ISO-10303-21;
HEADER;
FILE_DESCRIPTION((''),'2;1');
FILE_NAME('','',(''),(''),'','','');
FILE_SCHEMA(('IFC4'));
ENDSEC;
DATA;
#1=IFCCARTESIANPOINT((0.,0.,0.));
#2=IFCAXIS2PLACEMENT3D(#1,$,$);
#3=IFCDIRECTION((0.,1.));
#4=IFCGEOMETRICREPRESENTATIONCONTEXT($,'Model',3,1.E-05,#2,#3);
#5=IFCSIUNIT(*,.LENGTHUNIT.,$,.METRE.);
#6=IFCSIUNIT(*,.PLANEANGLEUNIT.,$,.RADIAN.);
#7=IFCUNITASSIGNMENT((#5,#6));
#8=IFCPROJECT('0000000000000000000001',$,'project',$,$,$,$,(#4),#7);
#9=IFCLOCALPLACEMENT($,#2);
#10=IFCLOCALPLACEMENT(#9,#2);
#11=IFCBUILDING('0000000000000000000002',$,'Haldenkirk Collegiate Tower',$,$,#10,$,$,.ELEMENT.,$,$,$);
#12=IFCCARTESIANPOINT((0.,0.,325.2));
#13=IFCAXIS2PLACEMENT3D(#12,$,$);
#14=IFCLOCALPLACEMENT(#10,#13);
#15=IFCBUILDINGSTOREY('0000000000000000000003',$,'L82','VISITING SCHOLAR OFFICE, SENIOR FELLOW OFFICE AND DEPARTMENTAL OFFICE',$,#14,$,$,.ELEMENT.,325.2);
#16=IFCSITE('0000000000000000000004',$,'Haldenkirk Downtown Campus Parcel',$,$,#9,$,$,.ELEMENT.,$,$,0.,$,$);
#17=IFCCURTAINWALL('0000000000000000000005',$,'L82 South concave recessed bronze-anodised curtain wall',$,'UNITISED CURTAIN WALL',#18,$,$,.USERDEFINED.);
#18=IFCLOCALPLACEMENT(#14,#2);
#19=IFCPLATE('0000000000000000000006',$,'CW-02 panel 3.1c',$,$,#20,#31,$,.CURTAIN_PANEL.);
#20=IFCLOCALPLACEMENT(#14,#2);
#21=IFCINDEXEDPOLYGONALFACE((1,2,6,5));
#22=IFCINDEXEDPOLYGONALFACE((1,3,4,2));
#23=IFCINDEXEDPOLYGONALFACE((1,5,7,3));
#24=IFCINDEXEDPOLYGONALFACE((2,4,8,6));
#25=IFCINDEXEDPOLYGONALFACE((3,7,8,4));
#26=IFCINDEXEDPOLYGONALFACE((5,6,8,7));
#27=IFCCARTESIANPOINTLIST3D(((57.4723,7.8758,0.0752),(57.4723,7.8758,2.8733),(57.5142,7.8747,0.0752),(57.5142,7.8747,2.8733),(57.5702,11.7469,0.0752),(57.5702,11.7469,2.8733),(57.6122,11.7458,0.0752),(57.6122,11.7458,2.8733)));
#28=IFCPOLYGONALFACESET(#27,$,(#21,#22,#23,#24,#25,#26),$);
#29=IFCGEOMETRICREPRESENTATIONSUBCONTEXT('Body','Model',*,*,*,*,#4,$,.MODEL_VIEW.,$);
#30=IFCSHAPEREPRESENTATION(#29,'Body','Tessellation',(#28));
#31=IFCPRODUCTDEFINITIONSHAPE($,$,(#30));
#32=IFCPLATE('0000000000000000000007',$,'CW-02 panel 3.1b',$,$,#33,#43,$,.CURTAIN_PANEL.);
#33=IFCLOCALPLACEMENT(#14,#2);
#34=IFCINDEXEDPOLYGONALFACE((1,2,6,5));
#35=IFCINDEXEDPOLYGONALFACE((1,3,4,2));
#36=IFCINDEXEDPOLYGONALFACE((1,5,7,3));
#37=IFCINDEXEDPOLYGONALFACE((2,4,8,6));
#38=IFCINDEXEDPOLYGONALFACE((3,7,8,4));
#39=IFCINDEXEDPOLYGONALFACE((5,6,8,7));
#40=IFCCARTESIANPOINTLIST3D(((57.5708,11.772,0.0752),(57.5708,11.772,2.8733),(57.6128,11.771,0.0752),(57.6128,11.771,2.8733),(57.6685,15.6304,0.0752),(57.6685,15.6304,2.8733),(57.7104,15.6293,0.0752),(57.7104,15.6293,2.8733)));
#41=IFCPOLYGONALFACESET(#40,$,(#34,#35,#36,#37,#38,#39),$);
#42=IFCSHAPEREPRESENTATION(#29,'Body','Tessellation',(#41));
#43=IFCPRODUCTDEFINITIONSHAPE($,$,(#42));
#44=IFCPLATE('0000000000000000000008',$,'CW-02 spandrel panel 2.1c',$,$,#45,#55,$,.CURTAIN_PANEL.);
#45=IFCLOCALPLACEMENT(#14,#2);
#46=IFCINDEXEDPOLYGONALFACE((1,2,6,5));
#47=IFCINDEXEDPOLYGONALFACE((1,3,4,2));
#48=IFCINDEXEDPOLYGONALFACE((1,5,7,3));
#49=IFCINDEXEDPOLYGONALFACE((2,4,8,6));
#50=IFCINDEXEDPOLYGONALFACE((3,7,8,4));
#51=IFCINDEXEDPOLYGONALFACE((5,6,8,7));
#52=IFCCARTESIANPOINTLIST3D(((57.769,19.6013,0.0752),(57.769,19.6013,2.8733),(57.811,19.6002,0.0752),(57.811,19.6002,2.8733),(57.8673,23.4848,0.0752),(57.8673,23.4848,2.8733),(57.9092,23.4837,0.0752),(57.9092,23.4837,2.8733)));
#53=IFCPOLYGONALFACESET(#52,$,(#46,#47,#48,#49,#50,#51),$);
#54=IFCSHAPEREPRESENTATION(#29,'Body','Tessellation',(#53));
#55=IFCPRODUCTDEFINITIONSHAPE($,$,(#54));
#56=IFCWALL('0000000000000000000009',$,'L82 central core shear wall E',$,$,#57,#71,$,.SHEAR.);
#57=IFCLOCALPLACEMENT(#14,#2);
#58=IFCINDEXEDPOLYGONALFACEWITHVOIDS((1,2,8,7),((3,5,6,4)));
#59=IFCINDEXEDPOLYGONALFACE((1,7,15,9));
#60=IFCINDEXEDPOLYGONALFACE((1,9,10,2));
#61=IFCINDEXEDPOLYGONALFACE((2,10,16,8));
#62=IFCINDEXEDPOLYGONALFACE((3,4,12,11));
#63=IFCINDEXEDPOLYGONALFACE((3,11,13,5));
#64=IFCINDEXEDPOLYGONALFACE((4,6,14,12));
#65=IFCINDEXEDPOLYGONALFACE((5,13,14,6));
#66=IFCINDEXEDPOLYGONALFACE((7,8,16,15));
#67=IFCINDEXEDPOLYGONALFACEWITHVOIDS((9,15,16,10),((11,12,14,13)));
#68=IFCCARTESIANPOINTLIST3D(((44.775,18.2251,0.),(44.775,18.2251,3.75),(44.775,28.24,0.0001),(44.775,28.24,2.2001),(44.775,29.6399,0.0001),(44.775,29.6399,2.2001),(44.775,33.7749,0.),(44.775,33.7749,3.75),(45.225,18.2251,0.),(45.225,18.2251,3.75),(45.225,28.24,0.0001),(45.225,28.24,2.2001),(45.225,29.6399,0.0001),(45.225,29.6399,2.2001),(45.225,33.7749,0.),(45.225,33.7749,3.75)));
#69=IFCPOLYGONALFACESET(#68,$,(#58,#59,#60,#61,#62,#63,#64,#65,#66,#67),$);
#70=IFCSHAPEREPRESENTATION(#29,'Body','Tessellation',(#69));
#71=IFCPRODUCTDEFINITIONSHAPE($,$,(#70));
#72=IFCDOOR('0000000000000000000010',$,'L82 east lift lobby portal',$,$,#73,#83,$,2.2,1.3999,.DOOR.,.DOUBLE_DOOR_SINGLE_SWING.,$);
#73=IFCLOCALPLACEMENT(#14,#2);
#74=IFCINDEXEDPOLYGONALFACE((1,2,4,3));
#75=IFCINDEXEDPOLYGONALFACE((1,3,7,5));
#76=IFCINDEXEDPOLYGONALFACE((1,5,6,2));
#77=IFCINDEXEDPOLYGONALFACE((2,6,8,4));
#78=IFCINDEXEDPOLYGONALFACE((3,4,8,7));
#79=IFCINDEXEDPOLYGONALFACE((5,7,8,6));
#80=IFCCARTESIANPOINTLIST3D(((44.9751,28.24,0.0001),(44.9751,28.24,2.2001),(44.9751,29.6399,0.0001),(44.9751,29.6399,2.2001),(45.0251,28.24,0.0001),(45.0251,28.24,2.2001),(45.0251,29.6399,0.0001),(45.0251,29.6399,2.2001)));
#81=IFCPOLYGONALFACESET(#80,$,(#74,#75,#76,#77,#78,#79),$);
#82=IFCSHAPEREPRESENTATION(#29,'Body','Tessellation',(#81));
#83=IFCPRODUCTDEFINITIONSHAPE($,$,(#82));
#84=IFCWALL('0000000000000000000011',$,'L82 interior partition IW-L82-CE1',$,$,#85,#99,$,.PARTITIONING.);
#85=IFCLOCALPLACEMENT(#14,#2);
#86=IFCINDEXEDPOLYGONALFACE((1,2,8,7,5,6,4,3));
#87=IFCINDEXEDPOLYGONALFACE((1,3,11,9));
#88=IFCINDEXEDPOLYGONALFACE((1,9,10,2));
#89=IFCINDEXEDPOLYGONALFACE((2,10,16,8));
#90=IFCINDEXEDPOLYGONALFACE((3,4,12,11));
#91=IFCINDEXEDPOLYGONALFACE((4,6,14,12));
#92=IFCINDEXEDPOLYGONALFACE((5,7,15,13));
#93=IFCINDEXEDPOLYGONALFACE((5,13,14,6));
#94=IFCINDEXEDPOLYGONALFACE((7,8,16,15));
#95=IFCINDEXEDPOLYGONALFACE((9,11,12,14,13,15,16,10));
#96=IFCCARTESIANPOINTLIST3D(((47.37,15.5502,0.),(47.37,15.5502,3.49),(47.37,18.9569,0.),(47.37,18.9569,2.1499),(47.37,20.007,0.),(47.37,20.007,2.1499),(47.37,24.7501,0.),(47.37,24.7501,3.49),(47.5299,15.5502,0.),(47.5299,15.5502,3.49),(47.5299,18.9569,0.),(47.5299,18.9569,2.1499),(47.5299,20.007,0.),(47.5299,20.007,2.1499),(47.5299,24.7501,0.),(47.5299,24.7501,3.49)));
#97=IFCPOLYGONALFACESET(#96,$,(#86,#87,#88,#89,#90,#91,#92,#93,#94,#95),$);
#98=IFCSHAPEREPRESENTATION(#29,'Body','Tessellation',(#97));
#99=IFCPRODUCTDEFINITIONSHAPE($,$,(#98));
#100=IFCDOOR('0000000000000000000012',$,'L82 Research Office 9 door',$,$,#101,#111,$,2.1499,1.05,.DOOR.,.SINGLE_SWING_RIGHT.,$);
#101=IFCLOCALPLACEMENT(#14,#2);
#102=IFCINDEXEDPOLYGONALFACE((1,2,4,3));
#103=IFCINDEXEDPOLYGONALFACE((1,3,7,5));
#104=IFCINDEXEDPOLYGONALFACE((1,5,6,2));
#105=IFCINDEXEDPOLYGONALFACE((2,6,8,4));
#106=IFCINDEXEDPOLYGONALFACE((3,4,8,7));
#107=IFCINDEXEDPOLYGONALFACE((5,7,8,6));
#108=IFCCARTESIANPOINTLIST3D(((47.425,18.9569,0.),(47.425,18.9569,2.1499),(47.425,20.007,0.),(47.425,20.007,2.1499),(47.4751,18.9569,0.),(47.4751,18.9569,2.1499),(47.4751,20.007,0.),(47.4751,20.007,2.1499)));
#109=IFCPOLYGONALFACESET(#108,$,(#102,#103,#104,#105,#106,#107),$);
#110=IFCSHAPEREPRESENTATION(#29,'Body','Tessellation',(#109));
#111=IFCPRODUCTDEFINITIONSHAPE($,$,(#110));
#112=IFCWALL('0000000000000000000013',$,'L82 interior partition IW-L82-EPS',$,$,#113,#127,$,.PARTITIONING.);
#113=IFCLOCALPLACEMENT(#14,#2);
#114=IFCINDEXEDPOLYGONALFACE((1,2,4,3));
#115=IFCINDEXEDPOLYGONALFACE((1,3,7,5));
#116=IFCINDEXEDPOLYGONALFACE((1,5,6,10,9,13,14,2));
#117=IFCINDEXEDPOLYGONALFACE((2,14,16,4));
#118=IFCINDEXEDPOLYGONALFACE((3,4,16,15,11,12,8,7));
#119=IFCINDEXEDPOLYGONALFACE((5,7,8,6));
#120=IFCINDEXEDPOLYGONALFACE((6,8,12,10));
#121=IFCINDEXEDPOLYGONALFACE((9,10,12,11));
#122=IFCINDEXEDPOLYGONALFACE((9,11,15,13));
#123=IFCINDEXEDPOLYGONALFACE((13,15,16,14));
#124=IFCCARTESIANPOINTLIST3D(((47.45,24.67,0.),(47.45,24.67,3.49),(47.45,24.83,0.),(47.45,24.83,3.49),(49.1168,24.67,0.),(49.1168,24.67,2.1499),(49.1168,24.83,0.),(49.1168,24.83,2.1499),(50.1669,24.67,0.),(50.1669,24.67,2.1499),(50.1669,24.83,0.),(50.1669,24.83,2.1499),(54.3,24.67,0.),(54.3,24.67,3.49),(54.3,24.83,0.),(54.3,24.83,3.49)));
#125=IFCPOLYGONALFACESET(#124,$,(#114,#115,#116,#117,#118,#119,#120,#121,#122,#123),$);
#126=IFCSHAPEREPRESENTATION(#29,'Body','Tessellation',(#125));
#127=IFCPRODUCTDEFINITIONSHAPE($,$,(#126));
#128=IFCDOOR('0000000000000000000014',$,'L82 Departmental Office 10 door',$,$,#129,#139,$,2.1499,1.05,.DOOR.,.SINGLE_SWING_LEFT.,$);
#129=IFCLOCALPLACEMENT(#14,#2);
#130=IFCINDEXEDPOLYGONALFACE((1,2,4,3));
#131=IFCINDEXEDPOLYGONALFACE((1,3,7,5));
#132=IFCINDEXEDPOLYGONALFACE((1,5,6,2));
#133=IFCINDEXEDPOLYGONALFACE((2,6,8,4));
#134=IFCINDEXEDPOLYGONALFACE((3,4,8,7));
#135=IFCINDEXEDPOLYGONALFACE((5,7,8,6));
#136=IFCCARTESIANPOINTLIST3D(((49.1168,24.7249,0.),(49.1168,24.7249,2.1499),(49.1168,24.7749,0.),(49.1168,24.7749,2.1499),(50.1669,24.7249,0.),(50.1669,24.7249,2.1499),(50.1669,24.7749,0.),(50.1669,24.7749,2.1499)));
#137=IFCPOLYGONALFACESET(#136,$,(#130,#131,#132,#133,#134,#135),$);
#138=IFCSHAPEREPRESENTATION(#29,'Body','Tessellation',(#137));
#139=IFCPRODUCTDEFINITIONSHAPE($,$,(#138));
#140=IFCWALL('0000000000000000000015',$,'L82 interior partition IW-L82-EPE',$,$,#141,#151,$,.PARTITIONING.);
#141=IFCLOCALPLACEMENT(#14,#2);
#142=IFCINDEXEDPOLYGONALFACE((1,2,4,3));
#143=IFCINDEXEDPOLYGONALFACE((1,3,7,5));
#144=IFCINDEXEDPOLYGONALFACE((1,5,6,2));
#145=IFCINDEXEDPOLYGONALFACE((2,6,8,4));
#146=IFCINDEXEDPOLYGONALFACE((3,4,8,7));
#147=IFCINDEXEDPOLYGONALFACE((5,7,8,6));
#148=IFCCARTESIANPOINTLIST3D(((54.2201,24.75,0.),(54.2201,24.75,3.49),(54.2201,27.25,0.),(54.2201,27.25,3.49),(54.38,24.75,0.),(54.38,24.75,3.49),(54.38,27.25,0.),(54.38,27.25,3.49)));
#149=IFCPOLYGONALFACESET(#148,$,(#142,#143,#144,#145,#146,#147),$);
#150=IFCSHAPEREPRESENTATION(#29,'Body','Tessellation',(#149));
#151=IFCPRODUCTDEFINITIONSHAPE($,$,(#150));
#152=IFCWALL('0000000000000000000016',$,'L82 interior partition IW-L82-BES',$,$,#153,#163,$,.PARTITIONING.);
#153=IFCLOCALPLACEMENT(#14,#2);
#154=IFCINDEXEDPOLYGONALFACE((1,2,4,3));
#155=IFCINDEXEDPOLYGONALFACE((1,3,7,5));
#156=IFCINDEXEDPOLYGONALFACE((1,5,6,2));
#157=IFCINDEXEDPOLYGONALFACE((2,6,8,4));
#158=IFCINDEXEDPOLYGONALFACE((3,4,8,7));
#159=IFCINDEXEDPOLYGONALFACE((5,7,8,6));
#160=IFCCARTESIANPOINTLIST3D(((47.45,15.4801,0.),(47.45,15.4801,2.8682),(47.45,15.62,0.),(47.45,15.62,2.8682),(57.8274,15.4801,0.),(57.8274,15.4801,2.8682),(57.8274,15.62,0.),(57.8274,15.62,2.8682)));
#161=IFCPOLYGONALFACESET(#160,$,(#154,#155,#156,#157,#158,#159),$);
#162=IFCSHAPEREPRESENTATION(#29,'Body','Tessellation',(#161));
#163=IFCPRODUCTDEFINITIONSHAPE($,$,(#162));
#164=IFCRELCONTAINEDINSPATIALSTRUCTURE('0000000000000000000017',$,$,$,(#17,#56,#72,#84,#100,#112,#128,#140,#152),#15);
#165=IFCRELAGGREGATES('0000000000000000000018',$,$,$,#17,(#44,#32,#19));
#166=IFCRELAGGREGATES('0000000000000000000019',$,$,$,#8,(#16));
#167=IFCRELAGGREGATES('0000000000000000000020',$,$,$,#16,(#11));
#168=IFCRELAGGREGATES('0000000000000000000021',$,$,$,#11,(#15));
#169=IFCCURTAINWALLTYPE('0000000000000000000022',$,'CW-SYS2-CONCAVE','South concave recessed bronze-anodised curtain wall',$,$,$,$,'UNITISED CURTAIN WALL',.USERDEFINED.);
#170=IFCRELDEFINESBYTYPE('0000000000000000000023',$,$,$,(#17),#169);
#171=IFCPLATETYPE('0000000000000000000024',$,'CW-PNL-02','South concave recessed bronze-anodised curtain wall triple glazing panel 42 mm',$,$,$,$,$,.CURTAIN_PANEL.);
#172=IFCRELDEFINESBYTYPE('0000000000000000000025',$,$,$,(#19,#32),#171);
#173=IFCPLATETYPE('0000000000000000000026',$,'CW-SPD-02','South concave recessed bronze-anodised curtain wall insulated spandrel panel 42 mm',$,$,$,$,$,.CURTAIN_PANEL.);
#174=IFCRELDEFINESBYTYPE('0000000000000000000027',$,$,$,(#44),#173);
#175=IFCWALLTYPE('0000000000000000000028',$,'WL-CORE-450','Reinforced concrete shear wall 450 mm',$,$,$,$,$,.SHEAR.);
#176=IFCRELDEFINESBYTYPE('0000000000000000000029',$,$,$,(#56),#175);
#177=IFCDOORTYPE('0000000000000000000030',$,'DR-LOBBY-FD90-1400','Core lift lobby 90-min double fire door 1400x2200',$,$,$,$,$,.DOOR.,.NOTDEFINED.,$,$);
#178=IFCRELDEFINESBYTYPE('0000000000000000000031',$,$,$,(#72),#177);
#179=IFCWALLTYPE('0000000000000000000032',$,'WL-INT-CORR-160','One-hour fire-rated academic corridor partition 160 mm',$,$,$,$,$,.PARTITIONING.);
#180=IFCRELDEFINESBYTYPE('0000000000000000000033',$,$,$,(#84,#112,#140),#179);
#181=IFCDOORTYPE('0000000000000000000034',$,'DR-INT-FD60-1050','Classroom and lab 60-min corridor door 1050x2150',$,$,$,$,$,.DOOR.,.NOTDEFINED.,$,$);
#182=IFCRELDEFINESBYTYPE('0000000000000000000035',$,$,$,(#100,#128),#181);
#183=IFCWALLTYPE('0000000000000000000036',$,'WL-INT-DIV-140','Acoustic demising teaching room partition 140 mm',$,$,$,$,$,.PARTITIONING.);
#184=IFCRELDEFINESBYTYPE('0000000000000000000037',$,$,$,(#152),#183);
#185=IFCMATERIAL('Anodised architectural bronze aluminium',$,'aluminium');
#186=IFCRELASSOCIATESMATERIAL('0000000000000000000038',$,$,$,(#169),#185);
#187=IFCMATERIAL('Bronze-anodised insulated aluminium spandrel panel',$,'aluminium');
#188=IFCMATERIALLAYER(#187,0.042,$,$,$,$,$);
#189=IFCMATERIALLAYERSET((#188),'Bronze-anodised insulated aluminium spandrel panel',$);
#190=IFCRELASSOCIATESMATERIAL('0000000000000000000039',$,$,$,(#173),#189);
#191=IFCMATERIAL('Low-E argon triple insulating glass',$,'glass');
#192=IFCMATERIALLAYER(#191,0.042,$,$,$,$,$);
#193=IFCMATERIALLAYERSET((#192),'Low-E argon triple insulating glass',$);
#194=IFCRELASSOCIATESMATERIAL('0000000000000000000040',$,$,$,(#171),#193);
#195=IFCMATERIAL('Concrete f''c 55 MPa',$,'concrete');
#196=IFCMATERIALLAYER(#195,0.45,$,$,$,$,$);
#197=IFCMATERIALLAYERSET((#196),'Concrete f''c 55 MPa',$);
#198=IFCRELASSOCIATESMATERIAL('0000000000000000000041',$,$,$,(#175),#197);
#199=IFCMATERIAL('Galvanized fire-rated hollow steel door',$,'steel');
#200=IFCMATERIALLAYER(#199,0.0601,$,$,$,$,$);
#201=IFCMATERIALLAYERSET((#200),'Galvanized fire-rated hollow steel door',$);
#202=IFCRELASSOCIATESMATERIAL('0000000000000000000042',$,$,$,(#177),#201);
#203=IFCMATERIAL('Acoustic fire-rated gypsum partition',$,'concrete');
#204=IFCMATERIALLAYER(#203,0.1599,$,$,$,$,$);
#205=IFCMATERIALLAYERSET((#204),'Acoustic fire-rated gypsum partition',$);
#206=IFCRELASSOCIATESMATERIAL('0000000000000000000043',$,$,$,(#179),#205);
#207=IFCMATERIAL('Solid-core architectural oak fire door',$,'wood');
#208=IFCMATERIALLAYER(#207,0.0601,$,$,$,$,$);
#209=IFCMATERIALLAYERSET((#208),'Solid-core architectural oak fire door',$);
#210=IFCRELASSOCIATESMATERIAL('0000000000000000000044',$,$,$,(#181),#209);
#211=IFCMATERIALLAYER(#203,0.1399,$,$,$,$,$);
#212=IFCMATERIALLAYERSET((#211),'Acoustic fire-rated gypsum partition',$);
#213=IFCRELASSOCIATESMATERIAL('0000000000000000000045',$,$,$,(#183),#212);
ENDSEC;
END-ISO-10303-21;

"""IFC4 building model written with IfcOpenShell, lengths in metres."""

from ifc_helpers import new_model, si_unit, direction, frame, frame_2d, origin, origin_2d, place, context, subcontext, project, spatial, rectangle, extrude, source, transform, mapped, material, layer, layer_set, type_object, element, fill, aggregate, save


model = new_model("IFC4")

# Units and contexts
model_context = context("Model", 3, precision=1e-05, world=origin(), true_north=direction((0.0, 1.0)))
body_context = subcontext(model_context, "Body", "Model", "MODEL_VIEW")
ifc_project = project(units=[si_unit("LENGTHUNIT", "METRE"), si_unit("PLANEANGLEUNIT", "RADIAN")], contexts=[model_context])

# Site, building, storey
site_placement = place(None, origin())
site = spatial("IfcSite", under=ifc_project, at=site_placement, Name="Haldenkirk Downtown Campus Parcel", CompositionType="ELEMENT", RefElevation=0.0)
building_placement = place(site_placement, origin())
building = spatial("IfcBuilding", under=site, at=building_placement, Name="Haldenkirk Collegiate Tower", CompositionType="ELEMENT")
storey_placement = place(building_placement, frame((0.0, 0.0, 325.2)))
storey = spatial("IfcBuildingStorey", under=building, at=storey_placement, Name="L82", Description="VISITING SCHOLAR OFFICE, SENIOR FELLOW OFFICE AND DEPARTMENTAL OFFICE", CompositionType="ELEMENT", Elevation=325.2)

# Curtain wall, plates
ifc_material_1 = material(Name="Anodised architectural bronze aluminium", Category="aluminium")
curtain_wall_type = type_object("IfcCurtainWallType", Name="CW-SYS2-CONCAVE", Description="South concave recessed bronze-anodised curtain wall", ElementType="UNITISED CURTAIN WALL", PredefinedType="USERDEFINED", material=ifc_material_1)
curtain_wall_placement = place(storey_placement, origin())
curtain_wall = element("IfcCurtainWall", 1, at=curtain_wall_placement, inside=storey, type_object=curtain_wall_type, Name="L82 South concave recessed bronze-anodised curtain wall", ObjectType="UNITISED CURTAIN WALL", PredefinedType="USERDEFINED")
ifc_material_2 = material(Name="Bronze-anodised insulated aluminium spandrel panel", Category="aluminium")
ifc_layer_1 = layer(ifc_material_2, 0.042)
ifc_layer_set_1 = layer_set([ifc_layer_1], Name="Bronze-anodised insulated aluminium spandrel panel")
plate_type_1 = type_object("IfcPlateType", Name="CW-SPD-02", Description="South concave recessed bronze-anodised curtain wall insulated spandrel panel 42 mm", PredefinedType="CURTAIN_PANEL", material=ifc_layer_set_1)
shared_shape_1 = source(origin(), body_context, "Body", "SweptSolid", [
    extrude(rectangle(XDim=3.8723, YDim=0.042, at=origin_2d()), origin(), (0.0, 0.0, 1.0), 2.7981),
])
ifc_material_3 = material(Name="Low-E argon triple insulating glass", Category="glass")
ifc_layer_2 = layer(ifc_material_3, 0.042)
ifc_layer_set_2 = layer_set([ifc_layer_2], Name="Low-E argon triple insulating glass")
plate_type_2 = type_object("IfcPlateType", Name="CW-PNL-02", Description="South concave recessed bronze-anodised curtain wall triple glazing panel 42 mm", PredefinedType="CURTAIN_PANEL", material=ifc_layer_set_2)
plate_1_placement = place(storey_placement, frame((57.5422, 9.8108, 0.0752), z_axis=(0.0, 0.0, 1.0), x_axis=(-0.025303, -0.99968, 0.0)))
plate_1 = element("IfcPlate", 2, at=plate_1_placement, type_object=plate_type_2, Name="CW-02 panel 3.1c", PredefinedType="CURTAIN_PANEL", context=body_context, shape_type="MappedRepresentation", body=[
    mapped(shared_shape_1, transform((0.0, 0.0, 0.0), x_axis=(1.0, 0.0, 0.0), y_axis=(0.0, 1.0, 0.0), z_axis=(0.0, 0.0, 1.0), scale=1.0)),
])
shared_shape_2 = source(origin(), body_context, "Body", "SweptSolid", [
    extrude(rectangle(XDim=3.8596, YDim=0.042, at=origin_2d()), origin(), (0.0, 0.0, 1.0), 2.7981),
])
plate_2_placement = place(storey_placement, frame((57.6406, 13.7007, 0.0752), z_axis=(0.0, 0.0, 1.0), x_axis=(-0.025303, -0.99968, 0.0)))
plate_2 = element("IfcPlate", 3, at=plate_2_placement, type_object=plate_type_2, Name="CW-02 panel 3.1b", PredefinedType="CURTAIN_PANEL", context=body_context, shape_type="MappedRepresentation", body=[
    mapped(shared_shape_2, transform((0.0, 0.0, 0.0), x_axis=(1.0, 0.0, 0.0), y_axis=(0.0, 1.0, 0.0), z_axis=(0.0, 0.0, 1.0), scale=1.0)),
])
shared_shape_3 = source(origin(), body_context, "Body", "SweptSolid", [
    extrude(rectangle(XDim=3.8848, YDim=0.042, at=origin_2d()), origin(), (0.0, 0.0, 1.0), 2.7981),
])
plate_3_placement = place(storey_placement, frame((57.8391, 21.5425, 0.0752), z_axis=(0.0, 0.0, 1.0), x_axis=(-0.025303, -0.99968, 0.0)))
plate_3 = element("IfcPlate", 4, at=plate_3_placement, type_object=plate_type_1, Name="CW-02 spandrel panel 2.1c", PredefinedType="CURTAIN_PANEL", context=body_context, shape_type="MappedRepresentation", body=[
    mapped(shared_shape_3, transform((0.0, 0.0, 0.0), x_axis=(1.0, 0.0, 0.0), y_axis=(0.0, 1.0, 0.0), z_axis=(0.0, 0.0, 1.0), scale=1.0)),
])
aggregate(curtain_wall, [plate_3, plate_2, plate_1])

# Walls, openings, doors
ifc_material_4 = material(Name="Concrete f'c 55 MPa", Category="concrete")
ifc_layer_3 = layer(ifc_material_4, 0.45)
ifc_layer_set_3 = layer_set([ifc_layer_3], Name="Concrete f'c 55 MPa")
wall_type_1 = type_object("IfcWallType", Name="WL-CORE-450", Description="Reinforced concrete shear wall 450 mm", PredefinedType="SHEAR", material=ifc_layer_set_3)
wall_1_placement = place(storey_placement, frame((45.0, 18.2251, 0.0), z_axis=(0.0, 0.0, 1.0), x_axis=(0.0, 1.0, 0.0)))
wall_1 = element("IfcWall", 5, at=wall_1_placement, inside=storey, type_object=wall_type_1, Name="L82 central core shear wall E", PredefinedType="SHEAR", context=body_context, shape_type="SweptSolid", body=[
    extrude(rectangle(XDim=15.5498, YDim=0.45, at=frame_2d((7.7749, 0.0))), origin(), (0.0, 0.0, 1.0), 3.75),
])
opening_1_placement = place(wall_1_placement, frame((10.0149, 0.0, 0.0)))
opening_1 = element("IfcOpeningElement", 6, at=opening_1_placement, cuts=wall_1, PredefinedType="OPENING", context=body_context, shape_type="SweptSolid", body=[
    extrude(rectangle(XDim=1.3999, YDim=2.2, at=frame_2d((0.7, 1.1001))), frame((0.0, 0.2349, 0.0), z_axis=(0.0, -1.0, 0.0), x_axis=(1.0, 0.0, 0.0)), (0.0, 0.0, 1.0), 0.47),
])
ifc_material_5 = material(Name="Galvanized fire-rated hollow steel door", Category="steel")
ifc_layer_4 = layer(ifc_material_5, 0.0601)
ifc_layer_set_4 = layer_set([ifc_layer_4], Name="Galvanized fire-rated hollow steel door")
door_type_1 = type_object("IfcDoorType", Name="DR-LOBBY-FD90-1400", Description="Core lift lobby 90-min double fire door 1400x2200", OperationType="NOTDEFINED", PredefinedType="DOOR", material=ifc_layer_set_4)
door_1_placement = place(opening_1_placement, origin())
door_1 = element("IfcDoor", 7, at=door_1_placement, inside=storey, type_object=door_type_1, Name="L82 east lift lobby portal", OperationType="DOUBLE_DOOR_SINGLE_SWING", OverallHeight=2.2, OverallWidth=1.3999, PredefinedType="DOOR", context=body_context, shape_type="SweptSolid", body=[
    extrude(rectangle(XDim=1.3999, YDim=2.2, at=frame_2d((0.7, 1.1001))), frame((0.0, 0.0249, 0.0), z_axis=(0.0, -1.0, 0.0), x_axis=(1.0, 0.0, 0.0)), (0.0, 0.0, 1.0), 0.05),
])
fill(opening_1, door_1)
ifc_material_6 = material(Name="Acoustic fire-rated gypsum partition", Category="concrete")
ifc_layer_5 = layer(ifc_material_6, 0.1599)
ifc_layer_set_5 = layer_set([ifc_layer_5], Name="Acoustic fire-rated gypsum partition")
wall_type_2 = type_object("IfcWallType", Name="WL-INT-CORR-160", Description="One-hour fire-rated academic corridor partition 160 mm", PredefinedType="PARTITIONING", material=ifc_layer_set_5)
wall_2_placement = place(storey_placement, frame((47.45, 15.55, 0.0), z_axis=(0.0, 0.0, 1.0), x_axis=(0.0, 1.0, 0.0)))
wall_2 = element("IfcWall", 8, at=wall_2_placement, inside=storey, type_object=wall_type_2, Name="L82 interior partition IW-L82-CE1", PredefinedType="PARTITIONING", context=body_context, shape_type="SweptSolid", body=[
    extrude(rectangle(XDim=9.2, YDim=0.1599, at=frame_2d((4.6001, 0.0))), origin(), (0.0, 0.0, 1.0), 3.49),
])
opening_2_placement = place(wall_2_placement, frame((3.407, 0.0, 0.0)))
opening_2 = element("IfcOpeningElement", 9, at=opening_2_placement, cuts=wall_2, PredefinedType="OPENING", context=body_context, shape_type="SweptSolid", body=[
    extrude(rectangle(XDim=1.05, YDim=2.1499, at=frame_2d((0.5249, 1.075))), frame((0.0, 0.0898, 0.0), z_axis=(0.0, -1.0, 0.0), x_axis=(1.0, 0.0, 0.0)), (0.0, 0.0, 1.0), 0.1799),
])
ifc_material_7 = material(Name="Solid-core architectural oak fire door", Category="wood")
ifc_layer_6 = layer(ifc_material_7, 0.0601)
ifc_layer_set_6 = layer_set([ifc_layer_6], Name="Solid-core architectural oak fire door")
door_type_2 = type_object("IfcDoorType", Name="DR-INT-FD60-1050", Description="Classroom and lab 60-min corridor door 1050x2150", OperationType="NOTDEFINED", PredefinedType="DOOR", material=ifc_layer_set_6)
door_2_placement = place(opening_2_placement, origin())
door_2 = element("IfcDoor", 10, at=door_2_placement, inside=storey, type_object=door_type_2, Name="L82 Research Office 9 door", OperationType="SINGLE_SWING_RIGHT", OverallHeight=2.1499, OverallWidth=1.05, PredefinedType="DOOR", context=body_context, shape_type="SweptSolid", body=[
    extrude(rectangle(XDim=1.05, YDim=2.1499, at=frame_2d((0.5249, 1.075))), frame((0.0, 0.0249, 0.0), z_axis=(0.0, -1.0, 0.0), x_axis=(1.0, 0.0, 0.0)), (0.0, 0.0, 1.0), 0.05),
])
fill(opening_2, door_2)
wall_3_placement = place(storey_placement, frame((47.45, 24.75, 0.0), z_axis=(0.0, 0.0, 1.0), x_axis=(1.0, 0.0, 0.0)))
wall_3 = element("IfcWall", 11, at=wall_3_placement, inside=storey, type_object=wall_type_2, Name="L82 interior partition IW-L82-EPS", PredefinedType="PARTITIONING", context=body_context, shape_type="SweptSolid", body=[
    extrude(rectangle(XDim=6.8501, YDim=0.1599, at=frame_2d((3.425, 0.0))), origin(), (0.0, 0.0, 1.0), 3.49),
])
opening_3_placement = place(wall_3_placement, frame((1.667, 0.0, 0.0)))
opening_3 = element("IfcOpeningElement", 12, at=opening_3_placement, cuts=wall_3, PredefinedType="OPENING", context=body_context, shape_type="SweptSolid", body=[
    extrude(rectangle(XDim=1.05, YDim=2.1499, at=frame_2d((0.5249, 1.075))), frame((0.0, 0.0898, 0.0), z_axis=(0.0, -1.0, 0.0), x_axis=(1.0, 0.0, 0.0)), (0.0, 0.0, 1.0), 0.1799),
])
door_3_placement = place(opening_3_placement, origin())
door_3 = element("IfcDoor", 13, at=door_3_placement, inside=storey, type_object=door_type_2, Name="L82 Departmental Office 10 door", OperationType="SINGLE_SWING_LEFT", OverallHeight=2.1499, OverallWidth=1.05, PredefinedType="DOOR", context=body_context, shape_type="SweptSolid", body=[
    extrude(rectangle(XDim=1.05, YDim=2.1499, at=frame_2d((0.5249, 1.075))), frame((0.0, 0.0249, 0.0), z_axis=(0.0, -1.0, 0.0), x_axis=(1.0, 0.0, 0.0)), (0.0, 0.0, 1.0), 0.05),
])
fill(opening_3, door_3)

# Walls
wall_4_placement = place(storey_placement, frame((54.3, 24.75, 0.0), z_axis=(0.0, 0.0, 1.0), x_axis=(0.0, 1.0, 0.0)))
element("IfcWall", 14, at=wall_4_placement, inside=storey, type_object=wall_type_2, Name="L82 interior partition IW-L82-EPE", PredefinedType="PARTITIONING", context=body_context, shape_type="SweptSolid", body=[
    extrude(rectangle(XDim=2.5, YDim=0.1599, at=frame_2d((1.25, 0.0))), origin(), (0.0, 0.0, 1.0), 3.49),
])
ifc_layer_7 = layer(ifc_material_6, 0.1399)
ifc_layer_set_7 = layer_set([ifc_layer_7], Name="Acoustic fire-rated gypsum partition")
wall_type_3 = type_object("IfcWallType", Name="WL-INT-DIV-140", Description="Acoustic demising teaching room partition 140 mm", PredefinedType="PARTITIONING", material=ifc_layer_set_7)
wall_5_placement = place(storey_placement, frame((47.45, 15.55, 0.0), z_axis=(0.0, 0.0, 1.0), x_axis=(1.0, 0.0, 0.0)))
element("IfcWall", 15, at=wall_5_placement, inside=storey, type_object=wall_type_3, Name="L82 interior partition IW-L82-BES", PredefinedType="PARTITIONING", context=body_context, shape_type="SweptSolid", body=[
    extrude(rectangle(XDim=10.3774, YDim=0.1399, at=frame_2d((5.1887, 0.0))), origin(), (0.0, 0.0, 1.0), 2.8682),
])

save(model, "model.ifc")
